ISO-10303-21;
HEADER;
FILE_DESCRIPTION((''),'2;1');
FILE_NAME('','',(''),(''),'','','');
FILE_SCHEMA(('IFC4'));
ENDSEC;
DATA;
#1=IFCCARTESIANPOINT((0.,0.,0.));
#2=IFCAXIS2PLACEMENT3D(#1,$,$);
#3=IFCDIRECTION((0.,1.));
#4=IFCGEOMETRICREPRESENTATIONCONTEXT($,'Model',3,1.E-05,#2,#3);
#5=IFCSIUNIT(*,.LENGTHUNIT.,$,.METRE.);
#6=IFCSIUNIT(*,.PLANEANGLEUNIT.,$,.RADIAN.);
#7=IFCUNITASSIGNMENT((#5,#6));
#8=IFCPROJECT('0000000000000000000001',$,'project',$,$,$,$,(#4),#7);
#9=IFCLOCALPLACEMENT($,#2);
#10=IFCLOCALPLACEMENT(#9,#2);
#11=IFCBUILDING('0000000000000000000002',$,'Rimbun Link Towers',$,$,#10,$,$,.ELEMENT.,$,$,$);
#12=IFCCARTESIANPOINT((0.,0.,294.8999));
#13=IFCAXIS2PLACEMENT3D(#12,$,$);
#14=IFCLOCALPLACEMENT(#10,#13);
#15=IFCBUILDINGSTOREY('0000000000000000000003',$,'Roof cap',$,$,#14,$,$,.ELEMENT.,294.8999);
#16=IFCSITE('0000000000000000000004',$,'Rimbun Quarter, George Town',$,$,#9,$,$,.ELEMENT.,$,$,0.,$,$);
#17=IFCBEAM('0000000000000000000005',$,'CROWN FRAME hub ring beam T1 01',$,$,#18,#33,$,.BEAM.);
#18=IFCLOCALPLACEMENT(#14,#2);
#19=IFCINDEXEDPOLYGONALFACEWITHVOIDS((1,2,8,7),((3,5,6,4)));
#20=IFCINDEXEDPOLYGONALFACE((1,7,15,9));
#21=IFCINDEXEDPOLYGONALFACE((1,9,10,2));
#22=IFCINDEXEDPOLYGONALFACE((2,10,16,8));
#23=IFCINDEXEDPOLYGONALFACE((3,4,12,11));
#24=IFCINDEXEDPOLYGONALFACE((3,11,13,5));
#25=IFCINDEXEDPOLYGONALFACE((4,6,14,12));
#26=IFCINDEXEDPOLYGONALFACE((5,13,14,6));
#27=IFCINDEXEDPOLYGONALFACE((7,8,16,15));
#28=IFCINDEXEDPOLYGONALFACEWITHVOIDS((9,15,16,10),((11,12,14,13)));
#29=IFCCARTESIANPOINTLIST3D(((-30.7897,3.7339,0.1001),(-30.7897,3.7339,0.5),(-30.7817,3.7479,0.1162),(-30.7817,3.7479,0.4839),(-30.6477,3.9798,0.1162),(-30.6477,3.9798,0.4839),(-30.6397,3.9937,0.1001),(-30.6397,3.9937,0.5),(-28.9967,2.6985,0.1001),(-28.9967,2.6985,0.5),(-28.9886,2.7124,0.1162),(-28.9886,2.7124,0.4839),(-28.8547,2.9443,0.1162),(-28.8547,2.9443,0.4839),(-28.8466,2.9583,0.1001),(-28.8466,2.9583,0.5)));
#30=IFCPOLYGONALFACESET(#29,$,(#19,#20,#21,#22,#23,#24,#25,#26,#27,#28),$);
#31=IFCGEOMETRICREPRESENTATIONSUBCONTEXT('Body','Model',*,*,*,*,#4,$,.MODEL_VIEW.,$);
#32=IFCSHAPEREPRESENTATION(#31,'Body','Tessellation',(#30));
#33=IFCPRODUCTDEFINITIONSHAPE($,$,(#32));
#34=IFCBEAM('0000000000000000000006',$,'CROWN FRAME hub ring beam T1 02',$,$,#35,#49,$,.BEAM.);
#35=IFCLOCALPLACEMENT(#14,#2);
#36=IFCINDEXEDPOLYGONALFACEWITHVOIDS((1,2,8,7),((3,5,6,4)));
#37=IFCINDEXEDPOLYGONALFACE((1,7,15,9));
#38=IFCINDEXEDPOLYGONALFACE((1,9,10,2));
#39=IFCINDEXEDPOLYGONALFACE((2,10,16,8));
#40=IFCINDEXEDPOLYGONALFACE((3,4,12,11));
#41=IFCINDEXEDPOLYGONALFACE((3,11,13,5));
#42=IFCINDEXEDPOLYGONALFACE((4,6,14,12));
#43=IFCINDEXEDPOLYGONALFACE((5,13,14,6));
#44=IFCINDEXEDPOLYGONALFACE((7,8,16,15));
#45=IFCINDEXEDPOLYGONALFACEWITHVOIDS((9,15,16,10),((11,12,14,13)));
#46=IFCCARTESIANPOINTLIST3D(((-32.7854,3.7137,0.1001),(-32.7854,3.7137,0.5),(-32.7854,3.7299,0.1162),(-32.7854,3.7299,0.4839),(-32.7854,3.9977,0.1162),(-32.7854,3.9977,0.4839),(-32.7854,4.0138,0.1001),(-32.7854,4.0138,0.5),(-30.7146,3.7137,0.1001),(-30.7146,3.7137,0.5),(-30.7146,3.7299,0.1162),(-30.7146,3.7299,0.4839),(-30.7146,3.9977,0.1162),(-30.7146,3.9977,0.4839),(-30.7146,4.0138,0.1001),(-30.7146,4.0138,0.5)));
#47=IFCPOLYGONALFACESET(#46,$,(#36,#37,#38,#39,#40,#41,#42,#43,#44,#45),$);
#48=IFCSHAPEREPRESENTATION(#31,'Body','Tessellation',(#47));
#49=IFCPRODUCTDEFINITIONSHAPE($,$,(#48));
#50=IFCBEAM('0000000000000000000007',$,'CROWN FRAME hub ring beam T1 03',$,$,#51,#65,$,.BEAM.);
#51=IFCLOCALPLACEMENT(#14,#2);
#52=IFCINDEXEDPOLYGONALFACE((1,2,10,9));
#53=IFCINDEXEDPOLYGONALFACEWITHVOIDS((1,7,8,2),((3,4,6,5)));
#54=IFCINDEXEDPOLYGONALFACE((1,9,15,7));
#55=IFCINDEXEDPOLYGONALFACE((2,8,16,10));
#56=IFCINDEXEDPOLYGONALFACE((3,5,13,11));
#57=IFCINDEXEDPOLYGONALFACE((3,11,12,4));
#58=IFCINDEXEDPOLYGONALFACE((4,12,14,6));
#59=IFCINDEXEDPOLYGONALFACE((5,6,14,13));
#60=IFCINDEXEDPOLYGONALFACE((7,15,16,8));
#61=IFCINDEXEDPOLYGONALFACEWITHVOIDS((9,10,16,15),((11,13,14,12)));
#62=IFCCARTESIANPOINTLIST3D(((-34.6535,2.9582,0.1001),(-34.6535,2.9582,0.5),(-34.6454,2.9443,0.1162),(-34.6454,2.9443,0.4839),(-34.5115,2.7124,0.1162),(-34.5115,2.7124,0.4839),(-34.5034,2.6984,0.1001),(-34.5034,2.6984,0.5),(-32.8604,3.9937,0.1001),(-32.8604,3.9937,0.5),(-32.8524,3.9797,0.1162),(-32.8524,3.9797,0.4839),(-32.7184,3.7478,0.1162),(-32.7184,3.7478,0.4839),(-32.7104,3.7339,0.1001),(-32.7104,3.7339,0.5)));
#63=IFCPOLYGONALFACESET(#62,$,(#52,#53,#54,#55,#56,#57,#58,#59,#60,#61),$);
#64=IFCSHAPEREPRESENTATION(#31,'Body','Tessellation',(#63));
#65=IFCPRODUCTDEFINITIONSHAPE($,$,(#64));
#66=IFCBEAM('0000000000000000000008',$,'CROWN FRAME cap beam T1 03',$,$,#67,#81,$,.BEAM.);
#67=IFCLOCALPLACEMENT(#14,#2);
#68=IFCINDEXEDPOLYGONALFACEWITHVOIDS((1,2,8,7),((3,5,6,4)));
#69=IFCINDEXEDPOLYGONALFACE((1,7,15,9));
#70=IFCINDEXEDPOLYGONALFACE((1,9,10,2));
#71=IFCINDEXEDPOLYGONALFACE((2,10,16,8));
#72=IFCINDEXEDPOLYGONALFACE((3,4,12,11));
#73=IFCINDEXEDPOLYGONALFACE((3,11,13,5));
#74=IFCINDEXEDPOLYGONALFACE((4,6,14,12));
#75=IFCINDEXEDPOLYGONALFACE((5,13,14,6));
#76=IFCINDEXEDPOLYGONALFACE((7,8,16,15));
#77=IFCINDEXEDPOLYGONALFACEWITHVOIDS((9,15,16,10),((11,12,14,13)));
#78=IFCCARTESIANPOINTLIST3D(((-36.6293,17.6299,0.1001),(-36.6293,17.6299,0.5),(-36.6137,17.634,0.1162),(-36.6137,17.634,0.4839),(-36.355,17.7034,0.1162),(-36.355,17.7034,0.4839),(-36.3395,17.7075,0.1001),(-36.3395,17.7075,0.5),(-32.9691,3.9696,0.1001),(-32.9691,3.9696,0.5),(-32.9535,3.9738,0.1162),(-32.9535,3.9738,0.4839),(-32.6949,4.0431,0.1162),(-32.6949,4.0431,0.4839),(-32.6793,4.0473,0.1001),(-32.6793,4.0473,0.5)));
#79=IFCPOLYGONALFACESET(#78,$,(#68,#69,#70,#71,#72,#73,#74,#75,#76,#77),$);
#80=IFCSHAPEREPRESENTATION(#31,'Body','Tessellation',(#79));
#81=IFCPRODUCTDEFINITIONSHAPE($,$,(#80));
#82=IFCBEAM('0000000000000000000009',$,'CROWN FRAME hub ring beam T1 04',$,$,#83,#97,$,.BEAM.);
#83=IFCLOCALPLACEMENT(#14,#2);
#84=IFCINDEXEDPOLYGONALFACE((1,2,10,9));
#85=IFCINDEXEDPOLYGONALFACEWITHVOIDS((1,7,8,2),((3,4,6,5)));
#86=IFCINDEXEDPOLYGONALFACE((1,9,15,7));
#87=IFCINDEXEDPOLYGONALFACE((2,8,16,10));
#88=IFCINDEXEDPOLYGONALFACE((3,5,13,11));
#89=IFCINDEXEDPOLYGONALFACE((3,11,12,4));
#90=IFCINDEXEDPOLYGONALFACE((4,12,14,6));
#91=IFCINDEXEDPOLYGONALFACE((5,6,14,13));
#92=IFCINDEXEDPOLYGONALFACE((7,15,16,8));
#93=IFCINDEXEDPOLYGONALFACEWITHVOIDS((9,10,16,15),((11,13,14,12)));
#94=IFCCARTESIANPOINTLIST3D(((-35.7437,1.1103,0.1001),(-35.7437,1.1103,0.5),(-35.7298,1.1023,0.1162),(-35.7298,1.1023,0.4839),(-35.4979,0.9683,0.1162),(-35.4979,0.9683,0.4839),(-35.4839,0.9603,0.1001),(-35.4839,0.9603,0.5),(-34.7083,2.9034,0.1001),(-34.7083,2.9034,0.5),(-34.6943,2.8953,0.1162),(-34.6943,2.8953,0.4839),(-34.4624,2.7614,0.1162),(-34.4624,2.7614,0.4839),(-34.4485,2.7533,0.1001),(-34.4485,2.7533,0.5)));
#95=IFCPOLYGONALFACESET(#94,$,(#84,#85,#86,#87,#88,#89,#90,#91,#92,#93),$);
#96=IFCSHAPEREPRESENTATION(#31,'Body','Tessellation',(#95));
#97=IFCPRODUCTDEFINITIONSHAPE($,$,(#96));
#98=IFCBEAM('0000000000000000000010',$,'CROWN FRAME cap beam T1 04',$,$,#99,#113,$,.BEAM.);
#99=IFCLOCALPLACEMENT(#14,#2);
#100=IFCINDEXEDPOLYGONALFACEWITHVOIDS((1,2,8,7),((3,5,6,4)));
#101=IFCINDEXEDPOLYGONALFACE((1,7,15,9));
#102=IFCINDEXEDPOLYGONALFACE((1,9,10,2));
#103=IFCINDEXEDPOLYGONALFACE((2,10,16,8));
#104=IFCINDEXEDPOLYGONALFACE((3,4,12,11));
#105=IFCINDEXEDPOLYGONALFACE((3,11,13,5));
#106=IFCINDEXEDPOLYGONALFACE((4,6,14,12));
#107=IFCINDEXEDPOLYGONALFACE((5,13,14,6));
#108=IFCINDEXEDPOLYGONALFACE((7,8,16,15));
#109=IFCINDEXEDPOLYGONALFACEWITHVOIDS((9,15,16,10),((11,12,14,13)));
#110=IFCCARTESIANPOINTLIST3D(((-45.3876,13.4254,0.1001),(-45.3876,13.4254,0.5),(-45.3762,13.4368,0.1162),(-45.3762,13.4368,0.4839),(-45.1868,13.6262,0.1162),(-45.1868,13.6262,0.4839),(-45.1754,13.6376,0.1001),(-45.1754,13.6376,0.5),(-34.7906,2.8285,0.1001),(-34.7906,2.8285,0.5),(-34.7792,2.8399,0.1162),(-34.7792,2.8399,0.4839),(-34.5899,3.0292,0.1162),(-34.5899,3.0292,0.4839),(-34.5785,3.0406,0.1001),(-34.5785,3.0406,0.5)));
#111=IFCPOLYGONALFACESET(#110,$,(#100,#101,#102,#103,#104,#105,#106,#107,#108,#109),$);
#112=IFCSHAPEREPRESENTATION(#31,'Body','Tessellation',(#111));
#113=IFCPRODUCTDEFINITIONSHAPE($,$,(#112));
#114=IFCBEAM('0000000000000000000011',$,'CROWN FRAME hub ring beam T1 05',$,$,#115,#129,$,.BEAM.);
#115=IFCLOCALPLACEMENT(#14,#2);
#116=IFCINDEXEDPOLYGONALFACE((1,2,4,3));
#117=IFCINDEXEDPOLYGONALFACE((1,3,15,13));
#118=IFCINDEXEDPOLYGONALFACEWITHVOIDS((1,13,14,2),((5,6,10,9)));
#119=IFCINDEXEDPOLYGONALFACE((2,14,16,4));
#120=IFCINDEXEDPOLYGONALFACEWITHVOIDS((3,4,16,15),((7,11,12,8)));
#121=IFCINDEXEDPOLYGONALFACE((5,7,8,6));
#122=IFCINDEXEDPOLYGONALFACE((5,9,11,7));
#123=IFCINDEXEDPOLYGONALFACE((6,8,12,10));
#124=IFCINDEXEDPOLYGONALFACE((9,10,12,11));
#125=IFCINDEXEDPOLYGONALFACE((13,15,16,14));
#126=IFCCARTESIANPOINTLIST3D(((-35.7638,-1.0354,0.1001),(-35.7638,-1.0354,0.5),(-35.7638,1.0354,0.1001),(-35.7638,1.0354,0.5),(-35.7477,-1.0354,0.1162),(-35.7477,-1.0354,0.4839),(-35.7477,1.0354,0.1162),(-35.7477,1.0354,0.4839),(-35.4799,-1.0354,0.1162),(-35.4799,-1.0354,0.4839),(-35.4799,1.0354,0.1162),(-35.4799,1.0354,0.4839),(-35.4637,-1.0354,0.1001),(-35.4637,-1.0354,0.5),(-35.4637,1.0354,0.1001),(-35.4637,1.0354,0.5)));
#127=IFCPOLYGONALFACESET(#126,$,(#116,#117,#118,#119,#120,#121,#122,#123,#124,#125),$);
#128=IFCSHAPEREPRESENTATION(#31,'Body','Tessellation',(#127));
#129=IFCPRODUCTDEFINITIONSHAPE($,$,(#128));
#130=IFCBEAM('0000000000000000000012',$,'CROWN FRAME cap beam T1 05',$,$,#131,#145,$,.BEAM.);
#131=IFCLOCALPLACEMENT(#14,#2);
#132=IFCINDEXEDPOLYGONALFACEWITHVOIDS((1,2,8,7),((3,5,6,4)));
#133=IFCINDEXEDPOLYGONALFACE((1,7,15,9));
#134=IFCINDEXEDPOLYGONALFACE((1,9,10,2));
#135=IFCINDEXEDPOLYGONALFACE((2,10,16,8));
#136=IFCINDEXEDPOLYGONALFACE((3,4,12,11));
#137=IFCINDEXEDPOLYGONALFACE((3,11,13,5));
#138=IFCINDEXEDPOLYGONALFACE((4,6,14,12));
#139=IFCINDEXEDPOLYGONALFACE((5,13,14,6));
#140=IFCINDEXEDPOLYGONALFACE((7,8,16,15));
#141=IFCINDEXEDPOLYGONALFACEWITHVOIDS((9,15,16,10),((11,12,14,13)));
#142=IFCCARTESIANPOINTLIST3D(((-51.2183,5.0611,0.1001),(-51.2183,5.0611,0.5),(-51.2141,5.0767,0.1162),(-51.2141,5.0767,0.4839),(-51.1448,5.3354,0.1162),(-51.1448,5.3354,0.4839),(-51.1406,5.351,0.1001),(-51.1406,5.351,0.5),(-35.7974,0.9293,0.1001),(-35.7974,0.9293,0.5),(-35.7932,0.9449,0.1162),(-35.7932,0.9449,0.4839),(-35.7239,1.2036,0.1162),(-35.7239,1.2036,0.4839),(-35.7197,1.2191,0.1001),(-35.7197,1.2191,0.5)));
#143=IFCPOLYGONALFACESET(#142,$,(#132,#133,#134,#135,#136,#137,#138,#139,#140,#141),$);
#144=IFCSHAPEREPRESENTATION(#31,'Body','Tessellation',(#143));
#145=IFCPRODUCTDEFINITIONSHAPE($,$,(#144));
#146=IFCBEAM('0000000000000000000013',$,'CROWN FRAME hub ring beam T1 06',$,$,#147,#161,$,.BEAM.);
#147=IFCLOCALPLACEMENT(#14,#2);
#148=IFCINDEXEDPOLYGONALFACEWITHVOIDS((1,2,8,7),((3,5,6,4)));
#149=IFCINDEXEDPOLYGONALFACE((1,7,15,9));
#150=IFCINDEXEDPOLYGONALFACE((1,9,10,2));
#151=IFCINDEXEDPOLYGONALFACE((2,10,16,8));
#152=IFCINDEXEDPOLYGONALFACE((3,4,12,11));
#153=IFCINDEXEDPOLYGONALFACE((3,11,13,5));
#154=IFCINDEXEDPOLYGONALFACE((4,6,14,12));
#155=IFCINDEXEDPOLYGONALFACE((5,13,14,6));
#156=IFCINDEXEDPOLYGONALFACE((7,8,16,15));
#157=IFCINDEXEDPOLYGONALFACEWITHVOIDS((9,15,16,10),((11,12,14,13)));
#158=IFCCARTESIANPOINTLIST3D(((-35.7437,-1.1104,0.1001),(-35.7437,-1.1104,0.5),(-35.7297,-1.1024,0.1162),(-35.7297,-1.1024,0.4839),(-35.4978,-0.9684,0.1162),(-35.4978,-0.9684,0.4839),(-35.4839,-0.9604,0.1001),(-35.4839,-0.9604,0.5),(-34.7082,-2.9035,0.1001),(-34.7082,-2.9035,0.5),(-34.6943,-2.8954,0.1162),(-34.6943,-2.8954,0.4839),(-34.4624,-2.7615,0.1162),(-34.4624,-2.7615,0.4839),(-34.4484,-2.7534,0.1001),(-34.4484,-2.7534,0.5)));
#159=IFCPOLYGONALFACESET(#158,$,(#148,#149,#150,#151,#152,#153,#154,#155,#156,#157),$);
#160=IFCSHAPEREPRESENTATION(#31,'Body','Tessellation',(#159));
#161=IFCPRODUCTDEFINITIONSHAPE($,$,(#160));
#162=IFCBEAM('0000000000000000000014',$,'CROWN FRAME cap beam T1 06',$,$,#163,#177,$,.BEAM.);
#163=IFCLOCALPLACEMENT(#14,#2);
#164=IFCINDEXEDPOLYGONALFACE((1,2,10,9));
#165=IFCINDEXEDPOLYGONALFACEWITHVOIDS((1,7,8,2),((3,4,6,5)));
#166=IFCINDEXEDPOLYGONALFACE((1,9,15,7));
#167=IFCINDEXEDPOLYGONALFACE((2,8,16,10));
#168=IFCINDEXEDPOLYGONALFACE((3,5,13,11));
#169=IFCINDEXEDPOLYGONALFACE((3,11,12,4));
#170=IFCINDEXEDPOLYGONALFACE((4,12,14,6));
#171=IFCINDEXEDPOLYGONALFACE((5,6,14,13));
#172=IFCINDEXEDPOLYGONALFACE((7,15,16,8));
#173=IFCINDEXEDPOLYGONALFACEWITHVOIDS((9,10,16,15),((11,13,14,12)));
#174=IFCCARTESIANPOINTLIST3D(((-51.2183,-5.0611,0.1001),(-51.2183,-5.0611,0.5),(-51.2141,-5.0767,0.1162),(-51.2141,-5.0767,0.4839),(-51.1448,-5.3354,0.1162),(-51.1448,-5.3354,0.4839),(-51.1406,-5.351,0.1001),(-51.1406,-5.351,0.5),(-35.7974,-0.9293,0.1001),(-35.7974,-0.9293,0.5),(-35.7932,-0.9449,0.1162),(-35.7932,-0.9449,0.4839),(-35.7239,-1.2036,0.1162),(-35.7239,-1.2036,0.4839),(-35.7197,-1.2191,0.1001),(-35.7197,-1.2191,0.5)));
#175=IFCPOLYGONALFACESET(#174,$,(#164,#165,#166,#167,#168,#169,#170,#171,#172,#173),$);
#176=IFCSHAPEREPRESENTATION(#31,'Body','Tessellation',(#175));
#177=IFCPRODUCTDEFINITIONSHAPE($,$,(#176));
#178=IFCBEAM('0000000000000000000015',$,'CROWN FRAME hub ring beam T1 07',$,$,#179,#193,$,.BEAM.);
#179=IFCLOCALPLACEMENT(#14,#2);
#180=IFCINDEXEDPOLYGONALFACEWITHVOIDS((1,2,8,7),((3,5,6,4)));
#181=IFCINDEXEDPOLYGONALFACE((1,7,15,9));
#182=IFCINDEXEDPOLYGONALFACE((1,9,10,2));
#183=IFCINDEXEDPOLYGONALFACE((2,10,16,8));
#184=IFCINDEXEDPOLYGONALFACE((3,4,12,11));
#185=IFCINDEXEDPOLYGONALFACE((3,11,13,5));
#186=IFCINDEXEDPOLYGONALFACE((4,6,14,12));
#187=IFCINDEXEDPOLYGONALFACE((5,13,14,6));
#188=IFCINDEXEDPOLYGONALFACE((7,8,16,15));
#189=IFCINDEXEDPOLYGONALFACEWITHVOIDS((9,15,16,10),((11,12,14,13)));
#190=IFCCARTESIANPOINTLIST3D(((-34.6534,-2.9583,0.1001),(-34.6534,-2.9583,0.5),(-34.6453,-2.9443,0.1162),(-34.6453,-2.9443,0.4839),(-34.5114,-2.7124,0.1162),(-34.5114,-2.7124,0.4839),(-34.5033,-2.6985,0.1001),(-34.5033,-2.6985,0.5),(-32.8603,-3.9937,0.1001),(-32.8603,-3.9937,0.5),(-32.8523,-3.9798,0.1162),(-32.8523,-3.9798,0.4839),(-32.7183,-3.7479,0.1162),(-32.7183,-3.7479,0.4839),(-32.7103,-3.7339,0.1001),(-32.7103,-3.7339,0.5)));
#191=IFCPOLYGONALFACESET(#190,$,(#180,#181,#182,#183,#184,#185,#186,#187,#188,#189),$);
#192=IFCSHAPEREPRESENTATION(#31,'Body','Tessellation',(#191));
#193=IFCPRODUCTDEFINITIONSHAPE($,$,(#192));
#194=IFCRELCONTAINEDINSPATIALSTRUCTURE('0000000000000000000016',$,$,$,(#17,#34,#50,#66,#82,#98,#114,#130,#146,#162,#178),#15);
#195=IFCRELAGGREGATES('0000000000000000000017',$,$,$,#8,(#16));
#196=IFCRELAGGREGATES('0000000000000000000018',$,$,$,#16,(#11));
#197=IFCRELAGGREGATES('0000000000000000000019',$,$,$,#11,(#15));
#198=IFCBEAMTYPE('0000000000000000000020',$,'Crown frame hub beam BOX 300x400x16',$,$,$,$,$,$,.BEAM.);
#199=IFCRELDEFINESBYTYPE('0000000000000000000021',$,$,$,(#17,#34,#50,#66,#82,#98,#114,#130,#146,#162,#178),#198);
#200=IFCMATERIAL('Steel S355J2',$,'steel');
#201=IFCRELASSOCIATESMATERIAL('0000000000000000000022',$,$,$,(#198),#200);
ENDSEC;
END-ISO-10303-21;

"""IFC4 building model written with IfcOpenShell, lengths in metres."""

from ifc_helpers import new_model, si_unit, direction, frame, origin, origin_2d, place, context, subcontext, project, spatial, hollow_rectangle, extrude, material, material_profile, profile_set, type_object, element, save


model = new_model("IFC4")

# Units and contexts
model_context = context("Model", 3, precision=1e-05, world=origin(), true_north=direction((0.0, 1.0)))
body_context = subcontext(model_context, "Body", "Model", "MODEL_VIEW")
ifc_project = project(units=[si_unit("LENGTHUNIT", "METRE"), si_unit("PLANEANGLEUNIT", "RADIAN")], contexts=[model_context])

# Site, building, storey
site_placement = place(None, origin())
site = spatial("IfcSite", under=ifc_project, at=site_placement, Name="Rimbun Quarter, George Town", CompositionType="ELEMENT", RefElevation=0.0)
building_placement = place(site_placement, origin())
building = spatial("IfcBuilding", under=site, at=building_placement, Name="Rimbun Link Towers", CompositionType="ELEMENT")
storey_placement = place(building_placement, frame((0.0, 0.0, 294.8999)))
storey = spatial("IfcBuildingStorey", under=building, at=storey_placement, Name="Roof cap", CompositionType="ELEMENT", Elevation=294.8999)

# Beams
ifc_material_1 = material(Name="Steel S355J2", Category="steel")
ifc_material_profile_1 = material_profile(ifc_material_1, hollow_rectangle(XDim=0.3, YDim=0.3999, WallThickness=0.0161, at=origin_2d()), Name="Crown frame hub beam BOX 300x400x16")
ifc_profile_set_1 = profile_set([ifc_material_profile_1], Name="Steel S355J2")
beam_type_1 = type_object("IfcBeamType", Name="Crown frame hub beam BOX 300x400x16", PredefinedType="BEAM", material=ifc_profile_set_1)
beam_1_placement = place(storey_placement, frame((-28.9216, 2.8284, 0.3), z_axis=(-0.865977, 0.500083, 0.0), x_axis=(-0.500083, -0.865977, 0.0)))
element("IfcBeam", 1, at=beam_1_placement, inside=storey, type_object=beam_type_1, Name="CROWN FRAME hub ring beam T1 01", PredefinedType="BEAM", context=body_context, shape_type="SweptSolid", body=[
    extrude(hollow_rectangle(XDim=0.3, YDim=0.3999, WallThickness=0.0161, at=origin_2d()), origin(), (0.0, 0.0, 1.0), 2.0706),
])
beam_2_placement = place(storey_placement, frame((-30.7146, 3.8638, 0.3), z_axis=(-1.0, 0.0, 0.0), x_axis=(0.0, -1.0, 0.0)))
element("IfcBeam", 2, at=beam_2_placement, inside=storey, type_object=beam_type_1, Name="CROWN FRAME hub ring beam T1 02", PredefinedType="BEAM", context=body_context, shape_type="SweptSolid", body=[
    extrude(hollow_rectangle(XDim=0.3, YDim=0.3999, WallThickness=0.0161, at=origin_2d()), origin(), (0.0, 0.0, 1.0), 2.0708),
])
beam_3_placement = place(storey_placement, frame((-32.7854, 3.8638, 0.3), z_axis=(-0.865977, -0.500083, 0.0), x_axis=(0.500083, -0.865977, 0.0)))
element("IfcBeam", 3, at=beam_3_placement, inside=storey, type_object=beam_type_1, Name="CROWN FRAME hub ring beam T1 03", PredefinedType="BEAM", context=body_context, shape_type="SweptSolid", body=[
    extrude(hollow_rectangle(XDim=0.3, YDim=0.3999, WallThickness=0.0161, at=origin_2d()), origin(), (0.0, 0.0, 1.0), 2.0706),
])
beam_4_placement = place(storey_placement, frame((-36.4844, 17.6687, 0.3), z_axis=(0.258814, -0.965927, 0.0), x_axis=(0.965927, 0.258814, 0.0)))
element("IfcBeam", 4, at=beam_4_placement, inside=storey, type_object=beam_type_1, Name="CROWN FRAME cap beam T1 03", PredefinedType="BEAM", context=body_context, shape_type="SweptSolid", body=[
    extrude(hollow_rectangle(XDim=0.3, YDim=0.3999, WallThickness=0.0161, at=origin_2d()), origin(), (0.0, 0.0, 1.0), 14.1421),
])
beam_5_placement = place(storey_placement, frame((-34.5784, 2.8284, 0.3), z_axis=(-0.500083, -0.865977, 0.0), x_axis=(0.865977, -0.500083, 0.0)))
element("IfcBeam", 5, at=beam_5_placement, inside=storey, type_object=beam_type_1, Name="CROWN FRAME hub ring beam T1 04", PredefinedType="BEAM", context=body_context, shape_type="SweptSolid", body=[
    extrude(hollow_rectangle(XDim=0.3, YDim=0.3999, WallThickness=0.0161, at=origin_2d()), origin(), (0.0, 0.0, 1.0), 2.0706),
])
beam_6_placement = place(storey_placement, frame((-45.2815, 13.5315, 0.3), z_axis=(0.707107, -0.707107, 0.0), x_axis=(0.707107, 0.707107, 0.0)))
element("IfcBeam", 6, at=beam_6_placement, inside=storey, type_object=beam_type_1, Name="CROWN FRAME cap beam T1 04", PredefinedType="BEAM", context=body_context, shape_type="SweptSolid", body=[
    extrude(hollow_rectangle(XDim=0.3, YDim=0.3999, WallThickness=0.0161, at=origin_2d()), origin(), (0.0, 0.0, 1.0), 14.9863),
])
beam_7_placement = place(storey_placement, frame((-35.6138, 1.0354, 0.3), z_axis=(0.0, -1.0, 0.0), x_axis=(1.0, 0.0, 0.0)))
element("IfcBeam", 7, at=beam_7_placement, inside=storey, type_object=beam_type_1, Name="CROWN FRAME hub ring beam T1 05", PredefinedType="BEAM", context=body_context, shape_type="SweptSolid", body=[
    extrude(hollow_rectangle(XDim=0.3, YDim=0.3999, WallThickness=0.0161, at=origin_2d()), origin(), (0.0, 0.0, 1.0), 2.0708),
])
beam_8_placement = place(storey_placement, frame((-51.1794, 5.2061, 0.3), z_axis=(0.965929, -0.258808, 0.0), x_axis=(0.258808, 0.965929, 0.0)))
element("IfcBeam", 8, at=beam_8_placement, inside=storey, type_object=beam_type_1, Name="CROWN FRAME cap beam T1 05", PredefinedType="BEAM", context=body_context, shape_type="SweptSolid", body=[
    extrude(hollow_rectangle(XDim=0.3, YDim=0.3999, WallThickness=0.0161, at=origin_2d()), origin(), (0.0, 0.0, 1.0), 15.9648),
])
beam_9_placement = place(storey_placement, frame((-35.6138, -1.0354, 0.3), z_axis=(0.500083, -0.865977, 0.0), x_axis=(0.865977, 0.500083, 0.0)))
element("IfcBeam", 9, at=beam_9_placement, inside=storey, type_object=beam_type_1, Name="CROWN FRAME hub ring beam T1 06", PredefinedType="BEAM", context=body_context, shape_type="SweptSolid", body=[
    extrude(hollow_rectangle(XDim=0.3, YDim=0.3999, WallThickness=0.0161, at=origin_2d()), origin(), (0.0, 0.0, 1.0), 2.0706),
])
beam_10_placement = place(storey_placement, frame((-51.1794, -5.2061, 0.3), z_axis=(0.965929, 0.258808, 0.0), x_axis=(-0.258808, 0.965929, 0.0)))
element("IfcBeam", 10, at=beam_10_placement, inside=storey, type_object=beam_type_1, Name="CROWN FRAME cap beam T1 06", PredefinedType="BEAM", context=body_context, shape_type="SweptSolid", body=[
    extrude(hollow_rectangle(XDim=0.3, YDim=0.3999, WallThickness=0.0161, at=origin_2d()), origin(), (0.0, 0.0, 1.0), 15.9648),
])
beam_11_placement = place(storey_placement, frame((-34.5784, -2.8284, 0.3), z_axis=(0.865977, -0.500083, 0.0), x_axis=(0.500083, 0.865977, 0.0)))
element("IfcBeam", 11, at=beam_11_placement, inside=storey, type_object=beam_type_1, Name="CROWN FRAME hub ring beam T1 07", PredefinedType="BEAM", context=body_context, shape_type="SweptSolid", body=[
    extrude(hollow_rectangle(XDim=0.3, YDim=0.3999, WallThickness=0.0161, at=origin_2d()), origin(), (0.0, 0.0, 1.0), 2.0706),
])

save(model, "model.ifc")
